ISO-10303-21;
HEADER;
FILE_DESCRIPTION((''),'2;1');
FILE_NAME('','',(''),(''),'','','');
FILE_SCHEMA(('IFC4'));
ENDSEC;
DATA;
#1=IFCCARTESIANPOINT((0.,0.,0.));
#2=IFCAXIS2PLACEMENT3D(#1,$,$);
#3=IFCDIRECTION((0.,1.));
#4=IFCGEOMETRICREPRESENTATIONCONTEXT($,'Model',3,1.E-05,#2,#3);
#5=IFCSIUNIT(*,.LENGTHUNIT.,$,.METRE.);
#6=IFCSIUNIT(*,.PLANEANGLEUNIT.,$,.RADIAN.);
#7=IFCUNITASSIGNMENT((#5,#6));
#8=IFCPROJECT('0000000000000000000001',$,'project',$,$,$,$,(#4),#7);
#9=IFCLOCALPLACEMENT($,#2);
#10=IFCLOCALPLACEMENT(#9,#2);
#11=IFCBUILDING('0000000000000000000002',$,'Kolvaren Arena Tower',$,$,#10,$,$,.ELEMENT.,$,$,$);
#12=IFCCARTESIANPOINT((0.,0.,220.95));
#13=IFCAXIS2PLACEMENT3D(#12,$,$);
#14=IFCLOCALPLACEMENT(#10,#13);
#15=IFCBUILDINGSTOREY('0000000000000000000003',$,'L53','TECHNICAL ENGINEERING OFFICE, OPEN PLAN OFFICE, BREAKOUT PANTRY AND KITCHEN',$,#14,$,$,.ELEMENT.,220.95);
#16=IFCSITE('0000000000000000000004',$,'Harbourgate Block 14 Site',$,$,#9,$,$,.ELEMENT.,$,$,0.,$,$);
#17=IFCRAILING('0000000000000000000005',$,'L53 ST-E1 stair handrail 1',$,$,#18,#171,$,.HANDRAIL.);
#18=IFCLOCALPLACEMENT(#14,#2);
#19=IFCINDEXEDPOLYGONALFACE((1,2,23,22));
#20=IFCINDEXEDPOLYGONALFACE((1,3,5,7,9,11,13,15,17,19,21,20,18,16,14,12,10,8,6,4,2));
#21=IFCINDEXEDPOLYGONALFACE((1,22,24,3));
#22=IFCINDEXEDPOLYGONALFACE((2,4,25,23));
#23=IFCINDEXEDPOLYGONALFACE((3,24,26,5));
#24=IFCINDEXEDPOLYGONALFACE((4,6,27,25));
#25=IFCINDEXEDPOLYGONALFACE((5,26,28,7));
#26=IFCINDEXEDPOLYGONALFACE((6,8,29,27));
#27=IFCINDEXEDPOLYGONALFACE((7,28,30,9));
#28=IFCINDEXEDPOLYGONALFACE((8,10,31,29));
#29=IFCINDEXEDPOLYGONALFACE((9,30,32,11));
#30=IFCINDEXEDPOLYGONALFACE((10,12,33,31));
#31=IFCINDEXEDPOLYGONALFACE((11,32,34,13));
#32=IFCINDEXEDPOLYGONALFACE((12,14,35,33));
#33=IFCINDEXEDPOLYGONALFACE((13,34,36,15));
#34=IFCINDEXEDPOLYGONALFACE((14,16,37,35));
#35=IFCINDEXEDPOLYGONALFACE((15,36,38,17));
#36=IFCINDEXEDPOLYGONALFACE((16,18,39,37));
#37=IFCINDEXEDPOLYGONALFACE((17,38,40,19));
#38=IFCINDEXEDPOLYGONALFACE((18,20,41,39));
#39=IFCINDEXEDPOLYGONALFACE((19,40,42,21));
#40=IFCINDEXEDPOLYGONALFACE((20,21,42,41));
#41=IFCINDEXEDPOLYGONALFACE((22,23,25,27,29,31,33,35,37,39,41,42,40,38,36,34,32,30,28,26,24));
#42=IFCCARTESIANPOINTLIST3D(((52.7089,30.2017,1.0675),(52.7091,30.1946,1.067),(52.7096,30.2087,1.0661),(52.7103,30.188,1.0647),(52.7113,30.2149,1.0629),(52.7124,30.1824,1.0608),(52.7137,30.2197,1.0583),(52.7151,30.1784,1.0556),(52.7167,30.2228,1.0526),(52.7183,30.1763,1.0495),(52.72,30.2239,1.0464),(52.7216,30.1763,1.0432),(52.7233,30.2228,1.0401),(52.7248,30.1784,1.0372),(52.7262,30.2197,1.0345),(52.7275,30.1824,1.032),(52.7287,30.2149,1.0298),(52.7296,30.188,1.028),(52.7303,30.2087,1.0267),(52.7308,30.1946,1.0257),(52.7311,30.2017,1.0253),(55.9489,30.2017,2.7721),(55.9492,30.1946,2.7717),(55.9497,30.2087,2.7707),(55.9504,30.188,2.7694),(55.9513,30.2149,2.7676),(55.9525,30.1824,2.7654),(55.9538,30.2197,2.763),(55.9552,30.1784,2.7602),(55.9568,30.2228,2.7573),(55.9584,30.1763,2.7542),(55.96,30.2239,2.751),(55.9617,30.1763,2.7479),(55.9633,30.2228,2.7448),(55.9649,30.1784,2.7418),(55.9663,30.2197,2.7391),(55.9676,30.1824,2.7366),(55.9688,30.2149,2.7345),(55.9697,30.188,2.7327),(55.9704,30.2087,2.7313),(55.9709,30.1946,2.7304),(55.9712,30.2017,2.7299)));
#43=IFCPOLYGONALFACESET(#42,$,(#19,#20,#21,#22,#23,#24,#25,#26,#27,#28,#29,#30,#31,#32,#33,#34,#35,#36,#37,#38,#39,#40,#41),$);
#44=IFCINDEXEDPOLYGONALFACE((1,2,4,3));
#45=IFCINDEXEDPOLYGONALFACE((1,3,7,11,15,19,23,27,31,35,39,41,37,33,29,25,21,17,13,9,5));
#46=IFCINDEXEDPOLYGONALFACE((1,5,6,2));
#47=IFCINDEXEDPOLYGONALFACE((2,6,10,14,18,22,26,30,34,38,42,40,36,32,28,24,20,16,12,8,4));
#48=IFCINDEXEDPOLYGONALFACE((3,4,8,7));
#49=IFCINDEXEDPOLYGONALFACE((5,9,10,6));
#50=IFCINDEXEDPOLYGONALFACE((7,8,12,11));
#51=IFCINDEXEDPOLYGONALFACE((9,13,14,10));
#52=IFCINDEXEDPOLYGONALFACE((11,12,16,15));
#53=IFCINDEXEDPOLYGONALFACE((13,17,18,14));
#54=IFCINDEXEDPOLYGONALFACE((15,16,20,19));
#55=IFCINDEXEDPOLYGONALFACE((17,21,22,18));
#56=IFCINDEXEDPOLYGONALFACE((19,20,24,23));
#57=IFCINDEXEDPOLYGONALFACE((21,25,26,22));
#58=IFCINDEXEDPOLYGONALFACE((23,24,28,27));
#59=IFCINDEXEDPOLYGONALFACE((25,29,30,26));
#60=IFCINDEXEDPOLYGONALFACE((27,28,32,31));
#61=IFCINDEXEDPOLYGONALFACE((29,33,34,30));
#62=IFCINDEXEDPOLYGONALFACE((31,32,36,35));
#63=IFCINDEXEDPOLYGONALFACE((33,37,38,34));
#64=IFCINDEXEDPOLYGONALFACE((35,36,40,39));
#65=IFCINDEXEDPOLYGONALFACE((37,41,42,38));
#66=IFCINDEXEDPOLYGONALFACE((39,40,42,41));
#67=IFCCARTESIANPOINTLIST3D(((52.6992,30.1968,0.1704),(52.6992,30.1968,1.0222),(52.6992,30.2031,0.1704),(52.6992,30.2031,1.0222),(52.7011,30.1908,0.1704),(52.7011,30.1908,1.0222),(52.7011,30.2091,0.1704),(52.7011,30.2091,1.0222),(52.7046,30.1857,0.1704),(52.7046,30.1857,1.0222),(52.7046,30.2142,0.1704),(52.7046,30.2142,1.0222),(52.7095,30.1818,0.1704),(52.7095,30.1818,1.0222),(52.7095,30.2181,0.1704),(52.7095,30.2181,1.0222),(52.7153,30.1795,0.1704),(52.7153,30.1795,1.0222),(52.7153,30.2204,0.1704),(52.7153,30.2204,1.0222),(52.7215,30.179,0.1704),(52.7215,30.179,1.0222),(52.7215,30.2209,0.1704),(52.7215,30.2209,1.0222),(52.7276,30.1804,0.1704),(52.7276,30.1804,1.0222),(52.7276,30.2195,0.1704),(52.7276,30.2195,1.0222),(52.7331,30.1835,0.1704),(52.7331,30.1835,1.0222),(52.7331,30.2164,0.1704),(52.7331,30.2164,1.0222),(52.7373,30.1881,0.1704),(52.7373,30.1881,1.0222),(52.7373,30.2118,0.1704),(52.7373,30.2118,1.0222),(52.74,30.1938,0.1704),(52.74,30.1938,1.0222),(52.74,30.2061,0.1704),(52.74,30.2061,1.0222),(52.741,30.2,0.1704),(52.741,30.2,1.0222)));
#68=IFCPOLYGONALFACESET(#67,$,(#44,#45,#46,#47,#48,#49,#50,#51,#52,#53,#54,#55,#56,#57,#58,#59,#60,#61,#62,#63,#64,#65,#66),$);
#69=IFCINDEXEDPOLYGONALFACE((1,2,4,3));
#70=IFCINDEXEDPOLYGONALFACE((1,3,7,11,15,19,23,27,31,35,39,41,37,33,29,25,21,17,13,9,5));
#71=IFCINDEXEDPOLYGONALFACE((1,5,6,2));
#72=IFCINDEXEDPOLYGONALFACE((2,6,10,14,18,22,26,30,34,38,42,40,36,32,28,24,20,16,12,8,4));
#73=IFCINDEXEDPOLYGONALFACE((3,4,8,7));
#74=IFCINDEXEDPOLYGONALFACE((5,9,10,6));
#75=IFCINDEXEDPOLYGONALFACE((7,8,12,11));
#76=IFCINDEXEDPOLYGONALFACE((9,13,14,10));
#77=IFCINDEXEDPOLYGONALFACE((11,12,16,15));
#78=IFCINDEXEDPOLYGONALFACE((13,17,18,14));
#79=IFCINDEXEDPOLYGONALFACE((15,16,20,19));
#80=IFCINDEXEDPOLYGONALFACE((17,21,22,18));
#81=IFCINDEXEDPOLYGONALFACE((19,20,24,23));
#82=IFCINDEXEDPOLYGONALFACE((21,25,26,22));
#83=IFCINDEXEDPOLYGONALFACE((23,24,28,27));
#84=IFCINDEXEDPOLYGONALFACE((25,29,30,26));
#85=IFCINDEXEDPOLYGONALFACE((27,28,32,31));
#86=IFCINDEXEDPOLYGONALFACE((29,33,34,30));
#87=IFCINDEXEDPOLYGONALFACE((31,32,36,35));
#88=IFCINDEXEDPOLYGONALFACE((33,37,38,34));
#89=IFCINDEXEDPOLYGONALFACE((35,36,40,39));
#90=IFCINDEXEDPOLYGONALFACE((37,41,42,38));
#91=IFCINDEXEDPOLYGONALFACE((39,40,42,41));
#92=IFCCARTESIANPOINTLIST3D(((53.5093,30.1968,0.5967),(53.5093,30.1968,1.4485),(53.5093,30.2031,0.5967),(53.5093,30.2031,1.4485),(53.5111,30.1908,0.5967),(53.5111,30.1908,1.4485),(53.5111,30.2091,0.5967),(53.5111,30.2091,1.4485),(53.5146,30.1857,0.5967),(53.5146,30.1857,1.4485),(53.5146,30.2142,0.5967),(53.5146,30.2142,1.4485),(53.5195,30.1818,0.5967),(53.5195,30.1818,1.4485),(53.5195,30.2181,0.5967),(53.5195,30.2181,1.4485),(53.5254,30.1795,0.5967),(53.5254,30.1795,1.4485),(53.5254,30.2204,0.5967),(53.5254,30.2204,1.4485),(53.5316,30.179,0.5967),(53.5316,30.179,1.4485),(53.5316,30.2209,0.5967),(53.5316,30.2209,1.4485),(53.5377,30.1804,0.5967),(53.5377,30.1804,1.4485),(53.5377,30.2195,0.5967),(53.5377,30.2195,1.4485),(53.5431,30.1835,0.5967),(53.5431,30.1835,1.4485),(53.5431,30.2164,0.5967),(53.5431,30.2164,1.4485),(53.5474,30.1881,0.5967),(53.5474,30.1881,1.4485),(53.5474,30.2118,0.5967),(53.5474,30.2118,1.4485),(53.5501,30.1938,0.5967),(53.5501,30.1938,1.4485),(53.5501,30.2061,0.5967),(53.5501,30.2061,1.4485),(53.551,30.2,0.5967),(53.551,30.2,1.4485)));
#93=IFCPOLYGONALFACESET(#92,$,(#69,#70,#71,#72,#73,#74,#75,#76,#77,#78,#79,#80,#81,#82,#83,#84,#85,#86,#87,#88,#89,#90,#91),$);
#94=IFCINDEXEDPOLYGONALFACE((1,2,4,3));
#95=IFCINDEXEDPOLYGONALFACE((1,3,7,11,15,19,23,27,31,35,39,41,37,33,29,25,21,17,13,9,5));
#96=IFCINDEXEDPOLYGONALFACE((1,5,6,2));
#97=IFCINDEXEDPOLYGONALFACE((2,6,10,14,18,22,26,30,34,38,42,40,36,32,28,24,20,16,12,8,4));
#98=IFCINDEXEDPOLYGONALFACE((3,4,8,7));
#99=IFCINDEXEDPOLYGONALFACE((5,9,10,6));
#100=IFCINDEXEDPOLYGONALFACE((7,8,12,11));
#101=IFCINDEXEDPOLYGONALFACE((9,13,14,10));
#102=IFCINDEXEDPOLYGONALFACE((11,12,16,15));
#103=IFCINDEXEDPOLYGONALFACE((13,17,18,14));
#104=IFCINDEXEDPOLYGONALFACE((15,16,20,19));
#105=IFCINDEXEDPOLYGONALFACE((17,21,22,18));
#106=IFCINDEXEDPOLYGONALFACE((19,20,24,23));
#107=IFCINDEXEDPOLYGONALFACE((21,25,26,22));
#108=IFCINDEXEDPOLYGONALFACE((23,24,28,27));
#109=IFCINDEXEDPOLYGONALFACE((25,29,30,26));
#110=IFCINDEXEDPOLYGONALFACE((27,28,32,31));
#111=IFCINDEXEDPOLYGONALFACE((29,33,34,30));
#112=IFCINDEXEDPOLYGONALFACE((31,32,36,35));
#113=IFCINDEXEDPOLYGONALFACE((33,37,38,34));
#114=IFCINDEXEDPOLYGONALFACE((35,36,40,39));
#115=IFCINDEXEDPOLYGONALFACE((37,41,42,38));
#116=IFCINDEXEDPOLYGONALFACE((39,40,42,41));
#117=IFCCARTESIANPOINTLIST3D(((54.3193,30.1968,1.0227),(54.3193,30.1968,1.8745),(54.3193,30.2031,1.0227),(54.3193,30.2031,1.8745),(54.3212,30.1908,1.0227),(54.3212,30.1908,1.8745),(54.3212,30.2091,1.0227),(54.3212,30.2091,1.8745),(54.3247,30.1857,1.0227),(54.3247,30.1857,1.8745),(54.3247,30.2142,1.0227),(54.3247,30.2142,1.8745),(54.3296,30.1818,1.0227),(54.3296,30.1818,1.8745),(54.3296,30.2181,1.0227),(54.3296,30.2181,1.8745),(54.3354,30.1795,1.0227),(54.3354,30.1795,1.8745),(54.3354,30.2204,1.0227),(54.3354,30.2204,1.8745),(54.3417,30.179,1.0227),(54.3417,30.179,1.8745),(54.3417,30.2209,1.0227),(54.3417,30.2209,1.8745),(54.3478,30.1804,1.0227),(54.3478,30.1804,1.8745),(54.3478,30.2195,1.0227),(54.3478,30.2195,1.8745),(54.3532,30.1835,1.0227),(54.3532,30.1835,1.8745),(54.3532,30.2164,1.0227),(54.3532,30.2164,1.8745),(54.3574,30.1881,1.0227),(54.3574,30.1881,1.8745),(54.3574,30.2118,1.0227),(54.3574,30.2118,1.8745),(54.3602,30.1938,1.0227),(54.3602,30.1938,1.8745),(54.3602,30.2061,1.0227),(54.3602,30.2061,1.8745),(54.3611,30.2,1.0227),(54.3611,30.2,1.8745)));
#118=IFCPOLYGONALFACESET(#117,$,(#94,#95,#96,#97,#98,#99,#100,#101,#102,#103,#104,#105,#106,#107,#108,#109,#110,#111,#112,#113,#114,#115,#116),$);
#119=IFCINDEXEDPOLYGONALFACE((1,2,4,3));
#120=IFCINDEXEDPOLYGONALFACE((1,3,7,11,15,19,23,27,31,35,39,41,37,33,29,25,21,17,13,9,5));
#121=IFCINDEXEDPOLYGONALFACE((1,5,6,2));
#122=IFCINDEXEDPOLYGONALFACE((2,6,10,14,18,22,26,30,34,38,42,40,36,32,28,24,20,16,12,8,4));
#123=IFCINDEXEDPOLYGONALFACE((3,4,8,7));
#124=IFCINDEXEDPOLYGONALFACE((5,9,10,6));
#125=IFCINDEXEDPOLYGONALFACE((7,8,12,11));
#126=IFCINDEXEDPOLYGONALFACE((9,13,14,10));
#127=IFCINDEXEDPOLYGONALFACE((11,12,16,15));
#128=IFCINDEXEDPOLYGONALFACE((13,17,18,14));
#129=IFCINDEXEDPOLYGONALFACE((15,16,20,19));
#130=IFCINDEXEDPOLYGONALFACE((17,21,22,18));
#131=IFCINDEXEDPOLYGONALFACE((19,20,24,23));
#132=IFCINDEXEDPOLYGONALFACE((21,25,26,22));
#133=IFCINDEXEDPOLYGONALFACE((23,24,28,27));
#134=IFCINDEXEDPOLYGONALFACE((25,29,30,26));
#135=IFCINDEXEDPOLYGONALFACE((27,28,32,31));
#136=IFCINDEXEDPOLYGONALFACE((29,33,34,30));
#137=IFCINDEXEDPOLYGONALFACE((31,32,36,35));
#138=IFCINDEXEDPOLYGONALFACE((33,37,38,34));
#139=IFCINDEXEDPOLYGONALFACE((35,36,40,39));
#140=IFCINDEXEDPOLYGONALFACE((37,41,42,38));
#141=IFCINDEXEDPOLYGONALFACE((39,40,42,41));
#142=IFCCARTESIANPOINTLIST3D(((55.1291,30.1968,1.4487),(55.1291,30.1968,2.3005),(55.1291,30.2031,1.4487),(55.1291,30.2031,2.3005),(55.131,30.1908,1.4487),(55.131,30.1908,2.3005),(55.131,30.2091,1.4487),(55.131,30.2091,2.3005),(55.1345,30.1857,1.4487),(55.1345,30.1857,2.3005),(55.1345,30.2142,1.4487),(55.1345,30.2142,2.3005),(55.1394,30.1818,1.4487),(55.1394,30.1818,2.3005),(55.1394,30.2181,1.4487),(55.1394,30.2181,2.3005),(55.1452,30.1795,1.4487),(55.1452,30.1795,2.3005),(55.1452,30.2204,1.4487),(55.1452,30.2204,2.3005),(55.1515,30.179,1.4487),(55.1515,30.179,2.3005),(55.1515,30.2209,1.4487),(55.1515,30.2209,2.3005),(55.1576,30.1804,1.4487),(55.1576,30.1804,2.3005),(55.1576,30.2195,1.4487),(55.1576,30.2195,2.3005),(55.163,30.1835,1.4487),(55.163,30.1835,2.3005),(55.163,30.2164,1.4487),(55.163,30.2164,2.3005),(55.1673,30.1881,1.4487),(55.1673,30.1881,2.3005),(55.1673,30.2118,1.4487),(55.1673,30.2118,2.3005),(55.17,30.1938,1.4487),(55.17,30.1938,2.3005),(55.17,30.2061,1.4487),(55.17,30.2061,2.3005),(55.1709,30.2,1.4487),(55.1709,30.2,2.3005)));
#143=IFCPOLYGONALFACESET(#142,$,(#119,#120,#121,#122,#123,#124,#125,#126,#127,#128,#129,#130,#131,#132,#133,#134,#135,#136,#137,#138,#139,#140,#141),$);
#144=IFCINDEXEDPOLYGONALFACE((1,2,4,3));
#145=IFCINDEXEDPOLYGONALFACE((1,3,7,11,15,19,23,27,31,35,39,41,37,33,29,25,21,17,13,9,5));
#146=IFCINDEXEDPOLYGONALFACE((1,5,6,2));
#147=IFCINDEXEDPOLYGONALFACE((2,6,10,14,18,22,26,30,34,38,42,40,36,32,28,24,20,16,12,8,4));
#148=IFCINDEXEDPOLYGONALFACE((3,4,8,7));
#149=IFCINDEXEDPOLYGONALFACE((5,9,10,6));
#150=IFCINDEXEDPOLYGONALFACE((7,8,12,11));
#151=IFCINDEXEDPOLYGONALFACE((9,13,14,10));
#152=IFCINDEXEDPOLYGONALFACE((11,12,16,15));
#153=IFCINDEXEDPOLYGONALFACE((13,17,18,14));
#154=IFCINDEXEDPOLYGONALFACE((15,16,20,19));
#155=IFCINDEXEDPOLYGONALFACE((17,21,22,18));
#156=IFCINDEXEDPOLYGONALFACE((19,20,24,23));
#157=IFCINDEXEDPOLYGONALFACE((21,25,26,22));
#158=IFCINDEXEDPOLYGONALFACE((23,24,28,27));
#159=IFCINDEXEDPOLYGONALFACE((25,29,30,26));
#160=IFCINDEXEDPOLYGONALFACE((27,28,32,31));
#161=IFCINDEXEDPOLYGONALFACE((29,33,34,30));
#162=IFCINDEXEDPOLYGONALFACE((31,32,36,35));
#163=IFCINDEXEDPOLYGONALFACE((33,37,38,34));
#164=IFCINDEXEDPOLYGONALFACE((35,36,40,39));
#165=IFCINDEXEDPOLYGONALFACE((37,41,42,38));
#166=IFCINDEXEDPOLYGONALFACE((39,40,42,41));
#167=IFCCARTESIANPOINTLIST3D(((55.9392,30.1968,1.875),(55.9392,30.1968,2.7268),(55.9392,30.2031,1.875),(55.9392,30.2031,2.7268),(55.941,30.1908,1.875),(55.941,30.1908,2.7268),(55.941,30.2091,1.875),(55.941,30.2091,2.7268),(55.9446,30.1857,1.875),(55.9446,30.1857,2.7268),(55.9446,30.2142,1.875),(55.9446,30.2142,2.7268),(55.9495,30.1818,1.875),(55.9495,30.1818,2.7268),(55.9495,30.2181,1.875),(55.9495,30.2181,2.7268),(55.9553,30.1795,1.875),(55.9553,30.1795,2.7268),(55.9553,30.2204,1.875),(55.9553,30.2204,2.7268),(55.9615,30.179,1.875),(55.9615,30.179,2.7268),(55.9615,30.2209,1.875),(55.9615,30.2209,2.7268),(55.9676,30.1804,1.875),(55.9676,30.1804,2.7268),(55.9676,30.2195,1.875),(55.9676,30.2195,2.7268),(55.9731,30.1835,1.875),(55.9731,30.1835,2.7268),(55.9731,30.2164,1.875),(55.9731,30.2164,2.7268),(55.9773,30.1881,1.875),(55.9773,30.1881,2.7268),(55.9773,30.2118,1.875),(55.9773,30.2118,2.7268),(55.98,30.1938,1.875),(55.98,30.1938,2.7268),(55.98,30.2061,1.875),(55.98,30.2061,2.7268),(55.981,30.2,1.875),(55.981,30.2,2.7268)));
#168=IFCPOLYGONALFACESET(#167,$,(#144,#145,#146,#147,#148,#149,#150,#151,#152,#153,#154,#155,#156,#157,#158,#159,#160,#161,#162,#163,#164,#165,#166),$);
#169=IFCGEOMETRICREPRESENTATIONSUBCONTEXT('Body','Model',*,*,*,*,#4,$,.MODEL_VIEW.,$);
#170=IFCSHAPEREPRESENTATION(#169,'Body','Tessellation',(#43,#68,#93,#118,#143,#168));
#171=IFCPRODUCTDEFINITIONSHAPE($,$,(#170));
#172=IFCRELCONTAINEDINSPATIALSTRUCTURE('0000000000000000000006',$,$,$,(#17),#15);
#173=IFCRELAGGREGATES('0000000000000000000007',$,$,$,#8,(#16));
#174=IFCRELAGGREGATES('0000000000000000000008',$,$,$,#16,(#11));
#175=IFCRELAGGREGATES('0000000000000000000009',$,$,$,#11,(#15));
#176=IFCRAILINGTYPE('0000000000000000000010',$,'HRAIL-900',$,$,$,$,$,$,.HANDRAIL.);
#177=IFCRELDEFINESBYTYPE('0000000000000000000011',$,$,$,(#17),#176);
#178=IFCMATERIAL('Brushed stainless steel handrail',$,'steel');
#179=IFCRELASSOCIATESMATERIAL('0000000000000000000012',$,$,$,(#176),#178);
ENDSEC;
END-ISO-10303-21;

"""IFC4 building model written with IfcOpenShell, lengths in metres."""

from ifc_helpers import new_model, si_unit, direction, frame, origin, origin_2d, place, context, subcontext, project, spatial, circle, extrude, material, type_object, element, save


model = new_model("IFC4")

# Units and contexts
model_context = context("Model", 3, precision=1e-05, world=origin(), true_north=direction((0.0, 1.0)))
body_context = subcontext(model_context, "Body", "Model", "MODEL_VIEW")
ifc_project = project(units=[si_unit("LENGTHUNIT", "METRE"), si_unit("PLANEANGLEUNIT", "RADIAN")], contexts=[model_context])

# Site, building, storey
site_placement = place(None, origin())
site = spatial("IfcSite", under=ifc_project, at=site_placement, Name="Harbourgate Block 14 Site", CompositionType="ELEMENT", RefElevation=0.0)
building_placement = place(site_placement, origin())
building = spatial("IfcBuilding", under=site, at=building_placement, Name="Kolvaren Arena Tower", CompositionType="ELEMENT")
storey_placement = place(building_placement, frame((0.0, 0.0, 220.95)))
storey = spatial("IfcBuildingStorey", under=building, at=storey_placement, Name="L53", Description="TECHNICAL ENGINEERING OFFICE, OPEN PLAN OFFICE, BREAKOUT PANTRY AND KITCHEN", CompositionType="ELEMENT", Elevation=220.95)

# Railing
ifc_material_1 = material(Name="Brushed stainless steel handrail", Category="steel")
railing_type_1 = type_object("IfcRailingType", Name="HRAIL-900", PredefinedType="HANDRAIL", material=ifc_material_1)
for number, where, name in (
    (1, (52.72, 30.2, 0.1704), "L53 ST-E1 stair handrail 1"),
):
    element("IfcRailing", number, at=place(storey_placement, frame(where)), inside=storey, type_object=railing_type_1, Name=name, PredefinedType="HANDRAIL", context=body_context, shape_type="SweptSolid", body=[
        extrude(circle(Radius=0.0239, at=origin_2d()), frame((0.0, 0.0, 0.876), z_axis=(0.884993, 0.0, 0.465604), x_axis=(0.0, 1.0, 0.0)), (0.0, 0.0, 1.0), 3.6611),
        extrude(circle(Radius=0.021, at=origin_2d()), origin(), (0.0, 0.0, 1.0), 0.8518),
        extrude(circle(Radius=0.021, at=origin_2d()), frame((0.8101, 0.0, 0.4263)), (0.0, 0.0, 1.0), 0.8518),
        extrude(circle(Radius=0.021, at=origin_2d()), frame((1.6201, 0.0, 0.8523)), (0.0, 0.0, 1.0), 0.8518),
        extrude(circle(Radius=0.021, at=origin_2d()), frame((2.4299, 0.0, 1.2783)), (0.0, 0.0, 1.0), 0.8518),
        extrude(circle(Radius=0.021, at=origin_2d()), frame((3.24, 0.0, 1.7046)), (0.0, 0.0, 1.0), 0.8518),
    ])

save(model, "model.ifc")
